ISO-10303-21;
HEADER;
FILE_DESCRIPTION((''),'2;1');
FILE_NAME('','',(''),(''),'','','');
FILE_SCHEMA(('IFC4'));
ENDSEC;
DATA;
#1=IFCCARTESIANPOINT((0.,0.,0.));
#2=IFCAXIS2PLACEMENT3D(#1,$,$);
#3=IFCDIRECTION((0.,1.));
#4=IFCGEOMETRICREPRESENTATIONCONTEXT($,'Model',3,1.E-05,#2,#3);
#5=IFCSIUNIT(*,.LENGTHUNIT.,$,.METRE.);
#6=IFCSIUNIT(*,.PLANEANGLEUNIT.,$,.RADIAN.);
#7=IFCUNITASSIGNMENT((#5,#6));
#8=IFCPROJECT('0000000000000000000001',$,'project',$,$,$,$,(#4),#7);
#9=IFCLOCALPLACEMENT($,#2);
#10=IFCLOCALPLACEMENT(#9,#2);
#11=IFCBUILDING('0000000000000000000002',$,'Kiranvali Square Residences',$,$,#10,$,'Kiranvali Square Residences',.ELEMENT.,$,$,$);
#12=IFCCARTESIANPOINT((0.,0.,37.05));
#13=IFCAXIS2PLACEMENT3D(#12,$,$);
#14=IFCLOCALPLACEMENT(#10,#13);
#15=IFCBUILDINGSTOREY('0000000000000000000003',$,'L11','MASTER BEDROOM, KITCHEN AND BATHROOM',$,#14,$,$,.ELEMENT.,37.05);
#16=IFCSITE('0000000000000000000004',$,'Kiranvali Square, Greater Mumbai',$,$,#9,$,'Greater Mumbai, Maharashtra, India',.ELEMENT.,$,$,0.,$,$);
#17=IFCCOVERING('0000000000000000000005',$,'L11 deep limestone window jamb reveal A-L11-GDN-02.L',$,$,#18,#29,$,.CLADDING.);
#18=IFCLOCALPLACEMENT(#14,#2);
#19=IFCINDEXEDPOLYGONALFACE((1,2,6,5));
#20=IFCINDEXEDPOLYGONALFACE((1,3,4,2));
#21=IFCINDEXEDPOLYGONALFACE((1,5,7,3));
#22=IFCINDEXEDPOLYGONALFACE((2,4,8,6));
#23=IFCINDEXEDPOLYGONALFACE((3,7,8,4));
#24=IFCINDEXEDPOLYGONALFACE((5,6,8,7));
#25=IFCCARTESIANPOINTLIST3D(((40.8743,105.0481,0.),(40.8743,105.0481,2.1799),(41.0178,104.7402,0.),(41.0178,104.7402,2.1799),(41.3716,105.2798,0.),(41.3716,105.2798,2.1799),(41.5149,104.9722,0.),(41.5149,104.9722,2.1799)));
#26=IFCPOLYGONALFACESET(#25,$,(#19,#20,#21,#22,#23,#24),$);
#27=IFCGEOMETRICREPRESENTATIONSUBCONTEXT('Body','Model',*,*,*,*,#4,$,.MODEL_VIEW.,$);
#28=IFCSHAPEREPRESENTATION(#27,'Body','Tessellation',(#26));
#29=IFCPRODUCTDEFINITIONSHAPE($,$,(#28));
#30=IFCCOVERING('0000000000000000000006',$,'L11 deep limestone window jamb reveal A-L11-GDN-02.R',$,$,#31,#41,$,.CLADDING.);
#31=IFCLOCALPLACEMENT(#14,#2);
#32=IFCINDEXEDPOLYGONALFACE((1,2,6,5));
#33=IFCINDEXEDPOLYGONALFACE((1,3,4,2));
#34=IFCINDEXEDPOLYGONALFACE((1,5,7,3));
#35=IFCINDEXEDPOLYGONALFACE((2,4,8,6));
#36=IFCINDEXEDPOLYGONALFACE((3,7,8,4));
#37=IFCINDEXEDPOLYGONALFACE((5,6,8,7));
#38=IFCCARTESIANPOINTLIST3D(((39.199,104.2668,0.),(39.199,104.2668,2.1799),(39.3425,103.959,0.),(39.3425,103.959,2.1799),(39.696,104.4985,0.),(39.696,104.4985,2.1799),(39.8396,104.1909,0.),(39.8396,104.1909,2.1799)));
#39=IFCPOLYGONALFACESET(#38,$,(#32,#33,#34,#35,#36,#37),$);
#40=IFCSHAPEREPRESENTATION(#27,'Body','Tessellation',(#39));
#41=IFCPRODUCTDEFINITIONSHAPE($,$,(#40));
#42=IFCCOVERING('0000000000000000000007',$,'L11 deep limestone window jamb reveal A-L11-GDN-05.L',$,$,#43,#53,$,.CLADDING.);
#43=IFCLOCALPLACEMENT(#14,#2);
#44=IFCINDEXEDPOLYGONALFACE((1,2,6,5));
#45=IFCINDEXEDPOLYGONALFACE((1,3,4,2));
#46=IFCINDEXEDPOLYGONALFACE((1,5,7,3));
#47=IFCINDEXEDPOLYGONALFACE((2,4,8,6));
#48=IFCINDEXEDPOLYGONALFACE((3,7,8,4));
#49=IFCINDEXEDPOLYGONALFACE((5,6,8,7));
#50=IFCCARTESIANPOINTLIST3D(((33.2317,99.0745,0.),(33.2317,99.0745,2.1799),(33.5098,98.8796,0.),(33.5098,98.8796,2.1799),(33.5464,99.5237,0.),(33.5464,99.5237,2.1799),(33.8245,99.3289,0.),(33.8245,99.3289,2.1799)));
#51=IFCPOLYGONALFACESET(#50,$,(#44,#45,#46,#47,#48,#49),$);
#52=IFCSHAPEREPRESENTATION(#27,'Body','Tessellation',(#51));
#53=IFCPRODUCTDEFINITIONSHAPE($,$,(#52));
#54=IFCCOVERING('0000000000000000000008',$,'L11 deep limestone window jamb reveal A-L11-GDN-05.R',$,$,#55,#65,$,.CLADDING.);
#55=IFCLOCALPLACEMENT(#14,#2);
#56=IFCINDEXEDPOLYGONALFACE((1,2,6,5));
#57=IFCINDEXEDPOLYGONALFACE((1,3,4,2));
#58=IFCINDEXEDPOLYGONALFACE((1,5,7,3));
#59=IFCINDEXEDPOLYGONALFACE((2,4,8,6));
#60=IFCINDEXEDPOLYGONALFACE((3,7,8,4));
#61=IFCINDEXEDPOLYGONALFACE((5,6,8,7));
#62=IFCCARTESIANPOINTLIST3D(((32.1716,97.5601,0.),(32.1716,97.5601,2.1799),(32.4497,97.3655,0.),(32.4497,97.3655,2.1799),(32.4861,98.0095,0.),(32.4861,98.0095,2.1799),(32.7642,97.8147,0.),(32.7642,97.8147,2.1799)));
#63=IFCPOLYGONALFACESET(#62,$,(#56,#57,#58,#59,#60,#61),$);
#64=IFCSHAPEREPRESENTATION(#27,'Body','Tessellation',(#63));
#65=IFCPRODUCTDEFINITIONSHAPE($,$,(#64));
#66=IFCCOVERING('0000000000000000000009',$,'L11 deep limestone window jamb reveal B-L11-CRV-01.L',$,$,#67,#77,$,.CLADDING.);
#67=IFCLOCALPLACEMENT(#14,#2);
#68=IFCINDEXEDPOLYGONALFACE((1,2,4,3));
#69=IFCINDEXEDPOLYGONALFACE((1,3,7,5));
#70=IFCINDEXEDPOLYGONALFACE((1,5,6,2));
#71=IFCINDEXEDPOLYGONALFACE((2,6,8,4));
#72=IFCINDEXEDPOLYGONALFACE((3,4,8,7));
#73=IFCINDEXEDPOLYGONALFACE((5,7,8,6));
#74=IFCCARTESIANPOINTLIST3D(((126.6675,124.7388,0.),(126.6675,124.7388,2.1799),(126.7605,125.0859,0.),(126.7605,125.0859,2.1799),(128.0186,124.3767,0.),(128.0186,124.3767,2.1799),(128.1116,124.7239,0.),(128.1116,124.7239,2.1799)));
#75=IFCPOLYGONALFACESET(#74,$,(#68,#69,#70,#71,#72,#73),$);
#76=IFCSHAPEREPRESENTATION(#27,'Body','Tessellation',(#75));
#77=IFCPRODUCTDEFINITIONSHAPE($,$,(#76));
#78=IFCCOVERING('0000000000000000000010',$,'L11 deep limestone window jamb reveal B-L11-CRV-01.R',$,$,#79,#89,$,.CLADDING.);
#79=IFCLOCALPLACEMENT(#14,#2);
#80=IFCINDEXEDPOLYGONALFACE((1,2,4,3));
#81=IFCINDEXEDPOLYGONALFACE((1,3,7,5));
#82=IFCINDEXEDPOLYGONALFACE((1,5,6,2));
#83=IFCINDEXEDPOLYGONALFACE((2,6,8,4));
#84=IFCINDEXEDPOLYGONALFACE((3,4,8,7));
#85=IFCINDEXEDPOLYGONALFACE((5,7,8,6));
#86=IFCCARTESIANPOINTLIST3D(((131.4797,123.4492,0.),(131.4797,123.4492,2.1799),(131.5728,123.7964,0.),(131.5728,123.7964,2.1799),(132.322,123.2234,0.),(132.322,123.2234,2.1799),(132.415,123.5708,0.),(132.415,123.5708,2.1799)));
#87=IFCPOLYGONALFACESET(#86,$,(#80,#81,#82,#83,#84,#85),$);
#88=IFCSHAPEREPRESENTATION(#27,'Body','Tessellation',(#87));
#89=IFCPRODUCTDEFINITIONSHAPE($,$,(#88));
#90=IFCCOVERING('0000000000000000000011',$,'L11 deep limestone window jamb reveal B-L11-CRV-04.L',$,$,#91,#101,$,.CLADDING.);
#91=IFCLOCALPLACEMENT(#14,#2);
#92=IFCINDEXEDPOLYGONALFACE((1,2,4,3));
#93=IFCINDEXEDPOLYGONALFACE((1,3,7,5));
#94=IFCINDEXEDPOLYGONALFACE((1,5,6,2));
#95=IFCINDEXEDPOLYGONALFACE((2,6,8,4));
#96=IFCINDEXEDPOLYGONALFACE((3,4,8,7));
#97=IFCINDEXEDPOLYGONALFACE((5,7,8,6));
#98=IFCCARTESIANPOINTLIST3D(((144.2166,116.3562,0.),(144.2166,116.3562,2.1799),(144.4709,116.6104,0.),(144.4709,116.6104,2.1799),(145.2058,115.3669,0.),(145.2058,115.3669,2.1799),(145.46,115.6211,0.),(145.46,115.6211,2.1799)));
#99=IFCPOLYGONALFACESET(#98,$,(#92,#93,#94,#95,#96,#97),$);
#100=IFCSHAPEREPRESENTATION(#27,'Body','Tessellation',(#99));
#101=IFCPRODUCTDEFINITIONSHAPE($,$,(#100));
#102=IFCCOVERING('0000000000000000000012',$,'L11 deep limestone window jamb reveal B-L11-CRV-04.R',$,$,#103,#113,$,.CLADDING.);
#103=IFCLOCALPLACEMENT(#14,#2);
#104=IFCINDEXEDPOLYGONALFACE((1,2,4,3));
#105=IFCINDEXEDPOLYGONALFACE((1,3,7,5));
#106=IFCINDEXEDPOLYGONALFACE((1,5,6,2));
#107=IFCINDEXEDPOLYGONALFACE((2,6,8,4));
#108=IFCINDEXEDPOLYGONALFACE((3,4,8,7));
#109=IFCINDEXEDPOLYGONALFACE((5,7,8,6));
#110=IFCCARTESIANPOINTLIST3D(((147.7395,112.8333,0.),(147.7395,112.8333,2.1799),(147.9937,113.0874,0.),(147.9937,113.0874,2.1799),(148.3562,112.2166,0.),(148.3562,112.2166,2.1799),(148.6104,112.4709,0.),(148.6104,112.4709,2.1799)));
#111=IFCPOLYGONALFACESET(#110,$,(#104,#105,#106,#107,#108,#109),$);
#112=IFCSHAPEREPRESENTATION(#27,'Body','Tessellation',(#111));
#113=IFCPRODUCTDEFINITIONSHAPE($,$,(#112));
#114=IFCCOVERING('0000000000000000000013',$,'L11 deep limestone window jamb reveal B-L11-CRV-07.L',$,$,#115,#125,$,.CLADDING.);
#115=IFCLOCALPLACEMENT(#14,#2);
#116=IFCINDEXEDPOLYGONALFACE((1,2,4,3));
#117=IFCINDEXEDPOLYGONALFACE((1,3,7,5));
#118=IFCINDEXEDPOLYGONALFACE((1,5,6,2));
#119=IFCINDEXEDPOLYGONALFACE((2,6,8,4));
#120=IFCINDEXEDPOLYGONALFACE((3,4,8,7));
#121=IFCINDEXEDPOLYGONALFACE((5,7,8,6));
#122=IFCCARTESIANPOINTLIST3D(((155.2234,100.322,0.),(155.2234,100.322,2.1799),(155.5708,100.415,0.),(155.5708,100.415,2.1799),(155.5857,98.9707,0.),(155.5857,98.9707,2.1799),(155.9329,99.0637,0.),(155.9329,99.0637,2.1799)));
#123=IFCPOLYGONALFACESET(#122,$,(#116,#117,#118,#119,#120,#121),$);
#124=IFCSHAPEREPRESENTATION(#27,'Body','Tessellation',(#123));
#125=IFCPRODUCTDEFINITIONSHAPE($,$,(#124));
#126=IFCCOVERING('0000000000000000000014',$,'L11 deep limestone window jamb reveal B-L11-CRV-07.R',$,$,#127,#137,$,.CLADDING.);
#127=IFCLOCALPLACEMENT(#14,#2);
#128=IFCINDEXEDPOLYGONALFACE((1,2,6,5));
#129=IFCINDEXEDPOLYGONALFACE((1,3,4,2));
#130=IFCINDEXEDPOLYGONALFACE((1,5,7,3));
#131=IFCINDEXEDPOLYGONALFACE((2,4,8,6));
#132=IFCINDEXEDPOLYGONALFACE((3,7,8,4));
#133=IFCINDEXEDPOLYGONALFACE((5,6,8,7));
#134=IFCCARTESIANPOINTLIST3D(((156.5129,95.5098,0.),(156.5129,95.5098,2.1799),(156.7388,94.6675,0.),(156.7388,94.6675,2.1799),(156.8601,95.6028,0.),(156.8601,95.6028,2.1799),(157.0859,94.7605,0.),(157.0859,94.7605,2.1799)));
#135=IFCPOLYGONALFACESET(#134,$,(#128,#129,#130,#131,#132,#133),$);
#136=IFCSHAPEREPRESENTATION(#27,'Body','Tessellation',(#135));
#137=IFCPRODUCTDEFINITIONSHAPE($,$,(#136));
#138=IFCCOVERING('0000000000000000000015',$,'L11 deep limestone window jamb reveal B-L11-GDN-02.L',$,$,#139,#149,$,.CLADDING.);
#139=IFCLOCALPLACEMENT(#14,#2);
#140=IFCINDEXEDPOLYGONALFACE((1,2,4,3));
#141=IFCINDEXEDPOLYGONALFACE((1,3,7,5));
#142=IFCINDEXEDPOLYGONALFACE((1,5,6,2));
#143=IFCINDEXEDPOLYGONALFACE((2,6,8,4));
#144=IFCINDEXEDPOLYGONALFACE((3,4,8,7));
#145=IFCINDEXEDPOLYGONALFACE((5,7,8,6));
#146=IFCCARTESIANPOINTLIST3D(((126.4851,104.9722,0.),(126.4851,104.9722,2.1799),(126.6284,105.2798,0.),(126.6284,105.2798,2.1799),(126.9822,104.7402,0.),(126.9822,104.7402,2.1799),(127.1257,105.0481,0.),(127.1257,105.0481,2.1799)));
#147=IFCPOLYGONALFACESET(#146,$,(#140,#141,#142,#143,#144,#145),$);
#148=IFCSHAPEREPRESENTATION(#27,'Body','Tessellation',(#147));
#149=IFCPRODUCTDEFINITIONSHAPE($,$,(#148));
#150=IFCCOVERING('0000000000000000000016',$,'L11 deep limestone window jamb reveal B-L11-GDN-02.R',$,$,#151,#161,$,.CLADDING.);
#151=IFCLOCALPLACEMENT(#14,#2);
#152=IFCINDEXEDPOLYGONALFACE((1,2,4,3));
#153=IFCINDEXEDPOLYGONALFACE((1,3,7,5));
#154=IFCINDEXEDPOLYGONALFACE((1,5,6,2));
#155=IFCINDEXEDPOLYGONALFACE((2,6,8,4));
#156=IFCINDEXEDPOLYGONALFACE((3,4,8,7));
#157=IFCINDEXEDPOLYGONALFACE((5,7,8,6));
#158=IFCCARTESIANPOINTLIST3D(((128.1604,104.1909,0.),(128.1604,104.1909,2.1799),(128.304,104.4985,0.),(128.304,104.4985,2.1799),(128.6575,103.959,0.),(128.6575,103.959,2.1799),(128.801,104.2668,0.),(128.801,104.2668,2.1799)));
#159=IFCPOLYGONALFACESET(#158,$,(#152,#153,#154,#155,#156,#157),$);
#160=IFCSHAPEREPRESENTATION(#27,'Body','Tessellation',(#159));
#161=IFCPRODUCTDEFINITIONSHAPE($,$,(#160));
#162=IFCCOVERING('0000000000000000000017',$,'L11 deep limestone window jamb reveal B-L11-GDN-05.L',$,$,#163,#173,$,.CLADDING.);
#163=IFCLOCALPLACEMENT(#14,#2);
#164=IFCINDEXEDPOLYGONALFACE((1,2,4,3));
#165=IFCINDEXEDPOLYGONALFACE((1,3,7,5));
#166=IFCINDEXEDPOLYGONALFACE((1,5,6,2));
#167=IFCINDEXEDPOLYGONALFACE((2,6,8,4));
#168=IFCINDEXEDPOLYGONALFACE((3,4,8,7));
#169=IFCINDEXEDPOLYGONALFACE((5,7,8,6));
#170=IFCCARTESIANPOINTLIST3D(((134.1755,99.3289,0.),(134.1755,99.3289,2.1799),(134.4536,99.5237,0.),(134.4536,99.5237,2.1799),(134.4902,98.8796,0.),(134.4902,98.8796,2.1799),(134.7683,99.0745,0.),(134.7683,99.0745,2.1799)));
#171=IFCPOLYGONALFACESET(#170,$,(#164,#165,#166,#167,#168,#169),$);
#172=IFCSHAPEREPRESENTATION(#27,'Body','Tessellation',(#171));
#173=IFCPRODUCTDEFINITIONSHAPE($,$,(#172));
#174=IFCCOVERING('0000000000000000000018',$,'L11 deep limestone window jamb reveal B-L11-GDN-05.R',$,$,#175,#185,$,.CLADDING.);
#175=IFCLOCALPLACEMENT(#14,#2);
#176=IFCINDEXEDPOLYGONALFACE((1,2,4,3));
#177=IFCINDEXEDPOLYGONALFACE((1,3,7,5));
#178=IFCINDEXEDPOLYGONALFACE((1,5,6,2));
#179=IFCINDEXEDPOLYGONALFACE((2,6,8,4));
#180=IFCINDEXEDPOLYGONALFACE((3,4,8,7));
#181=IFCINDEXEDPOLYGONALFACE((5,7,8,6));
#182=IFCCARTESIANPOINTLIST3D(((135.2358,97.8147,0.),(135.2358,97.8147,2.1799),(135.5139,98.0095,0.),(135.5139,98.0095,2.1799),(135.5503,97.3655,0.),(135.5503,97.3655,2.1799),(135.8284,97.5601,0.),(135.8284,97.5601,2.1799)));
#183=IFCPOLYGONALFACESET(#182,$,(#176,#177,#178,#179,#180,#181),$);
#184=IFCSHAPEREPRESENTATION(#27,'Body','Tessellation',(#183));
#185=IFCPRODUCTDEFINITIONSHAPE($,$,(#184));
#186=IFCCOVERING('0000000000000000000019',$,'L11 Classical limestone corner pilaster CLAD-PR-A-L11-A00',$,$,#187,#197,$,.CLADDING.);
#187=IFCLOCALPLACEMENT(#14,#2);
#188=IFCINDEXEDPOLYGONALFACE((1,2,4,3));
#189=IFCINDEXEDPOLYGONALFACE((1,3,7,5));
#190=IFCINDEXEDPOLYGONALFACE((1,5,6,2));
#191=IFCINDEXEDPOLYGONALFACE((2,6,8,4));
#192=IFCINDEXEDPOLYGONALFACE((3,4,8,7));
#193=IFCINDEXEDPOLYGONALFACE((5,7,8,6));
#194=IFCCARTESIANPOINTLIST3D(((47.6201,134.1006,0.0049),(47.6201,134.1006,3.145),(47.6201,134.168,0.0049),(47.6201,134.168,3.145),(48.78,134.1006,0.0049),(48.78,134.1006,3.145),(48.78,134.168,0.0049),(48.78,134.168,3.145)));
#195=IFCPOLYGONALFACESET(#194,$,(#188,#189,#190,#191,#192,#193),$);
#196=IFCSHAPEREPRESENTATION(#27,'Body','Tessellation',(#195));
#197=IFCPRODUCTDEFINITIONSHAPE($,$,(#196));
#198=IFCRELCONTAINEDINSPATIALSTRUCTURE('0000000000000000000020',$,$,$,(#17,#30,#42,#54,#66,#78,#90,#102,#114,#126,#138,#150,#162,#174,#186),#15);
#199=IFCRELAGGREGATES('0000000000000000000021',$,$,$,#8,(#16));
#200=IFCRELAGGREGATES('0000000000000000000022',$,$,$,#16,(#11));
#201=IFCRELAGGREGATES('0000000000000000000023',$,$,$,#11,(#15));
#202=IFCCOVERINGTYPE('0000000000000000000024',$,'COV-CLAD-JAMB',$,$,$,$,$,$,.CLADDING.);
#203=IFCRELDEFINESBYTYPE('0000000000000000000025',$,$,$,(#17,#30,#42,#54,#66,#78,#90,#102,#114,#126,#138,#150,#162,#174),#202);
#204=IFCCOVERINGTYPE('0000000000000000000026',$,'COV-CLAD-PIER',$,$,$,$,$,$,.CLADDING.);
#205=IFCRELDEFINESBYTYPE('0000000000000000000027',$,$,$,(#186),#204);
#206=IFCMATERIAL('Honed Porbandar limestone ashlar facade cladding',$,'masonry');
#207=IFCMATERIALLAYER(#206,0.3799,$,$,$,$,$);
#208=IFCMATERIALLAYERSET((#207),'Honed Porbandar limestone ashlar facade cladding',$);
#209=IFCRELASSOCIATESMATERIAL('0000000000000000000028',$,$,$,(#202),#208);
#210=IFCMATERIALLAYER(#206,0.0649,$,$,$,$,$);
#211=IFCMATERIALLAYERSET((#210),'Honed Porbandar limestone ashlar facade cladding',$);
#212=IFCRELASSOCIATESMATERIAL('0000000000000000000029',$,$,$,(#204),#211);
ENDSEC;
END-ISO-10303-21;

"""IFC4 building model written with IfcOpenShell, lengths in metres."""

from ifc_helpers import new_model, si_unit, direction, frame, origin, place, context, subcontext, project, spatial, polyline, outline, extrude, material, layer, layer_set, type_object, element, save


model = new_model("IFC4")

# Units and contexts
model_context = context("Model", 3, precision=1e-05, world=origin(), true_north=direction((0.0, 1.0)))
body_context = subcontext(model_context, "Body", "Model", "MODEL_VIEW")
ifc_project = project(units=[si_unit("LENGTHUNIT", "METRE"), si_unit("PLANEANGLEUNIT", "RADIAN")], contexts=[model_context])

# Site, building, storey
site_placement = place(None, origin())
site = spatial("IfcSite", under=ifc_project, at=site_placement, Name="Kiranvali Square, Greater Mumbai", LongName="Greater Mumbai, Maharashtra, India", CompositionType="ELEMENT", RefElevation=0.0)
building_placement = place(site_placement, origin())
building = spatial("IfcBuilding", under=site, at=building_placement, Name="Kiranvali Square Residences", LongName="Kiranvali Square Residences", CompositionType="ELEMENT")
storey_placement = place(building_placement, frame((0.0, 0.0, 37.05)))
storey = spatial("IfcBuildingStorey", under=building, at=storey_placement, Name="L11", Description="MASTER BEDROOM, KITCHEN AND BATHROOM", CompositionType="ELEMENT", Elevation=37.05)

# Coverings
ifc_material = material(Name="Honed Porbandar limestone ashlar facade cladding", Category="masonry")
ifc_layer_1 = layer(ifc_material, 0.3799)
ifc_layer_set_1 = layer_set([ifc_layer_1], Name="Honed Porbandar limestone ashlar facade cladding")
covering_type_1 = type_object("IfcCoveringType", Name="COV-CLAD-JAMB", PredefinedType="CLADDING", material=ifc_layer_set_1)
covering_1_placement = place(storey_placement, origin())
element("IfcCovering", 1, at=covering_1_placement, inside=storey, type_object=covering_type_1, Name="L11 deep limestone window jamb reveal A-L11-GDN-02.L", PredefinedType="CLADDING", context=body_context, shape_type="SweptSolid", body=[
    extrude(outline(polyline([(41.3716, 105.2798), (40.8743, 105.0481), (41.0178, 104.7402), (41.5149, 104.9722), (41.3716, 105.2798)])), origin(), (0.0, 0.0, 1.0), 2.1799),
])
covering_2_placement = place(storey_placement, origin())
element("IfcCovering", 2, at=covering_2_placement, inside=storey, type_object=covering_type_1, Name="L11 deep limestone window jamb reveal A-L11-GDN-02.R", PredefinedType="CLADDING", context=body_context, shape_type="SweptSolid", body=[
    extrude(outline(polyline([(39.696, 104.4985), (39.199, 104.2668), (39.3425, 103.959), (39.8396, 104.1909), (39.696, 104.4985)])), origin(), (0.0, 0.0, 1.0), 2.1799),
])
covering_3_placement = place(storey_placement, origin())
element("IfcCovering", 3, at=covering_3_placement, inside=storey, type_object=covering_type_1, Name="L11 deep limestone window jamb reveal A-L11-GDN-05.L", PredefinedType="CLADDING", context=body_context, shape_type="SweptSolid", body=[
    extrude(outline(polyline([(33.5464, 99.5237), (33.2317, 99.0745), (33.5098, 98.8796), (33.8245, 99.3289), (33.5464, 99.5237)])), origin(), (0.0, 0.0, 1.0), 2.1799),
])
covering_4_placement = place(storey_placement, origin())
element("IfcCovering", 4, at=covering_4_placement, inside=storey, type_object=covering_type_1, Name="L11 deep limestone window jamb reveal A-L11-GDN-05.R", PredefinedType="CLADDING", context=body_context, shape_type="SweptSolid", body=[
    extrude(outline(polyline([(32.4861, 98.0095), (32.1716, 97.5601), (32.4497, 97.3655), (32.7642, 97.8147), (32.4861, 98.0095)])), origin(), (0.0, 0.0, 1.0), 2.1799),
])
covering_5_placement = place(storey_placement, origin())
element("IfcCovering", 5, at=covering_5_placement, inside=storey, type_object=covering_type_1, Name="L11 deep limestone window jamb reveal B-L11-CRV-01.L", PredefinedType="CLADDING", context=body_context, shape_type="SweptSolid", body=[
    extrude(outline(polyline([(126.6675, 124.7388), (128.0186, 124.3767), (128.1116, 124.7239), (126.7605, 125.0859), (126.6675, 124.7388)])), origin(), (0.0, 0.0, 1.0), 2.1799),
])
covering_6_placement = place(storey_placement, origin())
element("IfcCovering", 6, at=covering_6_placement, inside=storey, type_object=covering_type_1, Name="L11 deep limestone window jamb reveal B-L11-CRV-01.R", PredefinedType="CLADDING", context=body_context, shape_type="SweptSolid", body=[
    extrude(outline(polyline([(131.4797, 123.4492), (132.322, 123.2234), (132.415, 123.5708), (131.5728, 123.7964), (131.4797, 123.4492)])), origin(), (0.0, 0.0, 1.0), 2.1799),
])
covering_7_placement = place(storey_placement, origin())
element("IfcCovering", 7, at=covering_7_placement, inside=storey, type_object=covering_type_1, Name="L11 deep limestone window jamb reveal B-L11-CRV-04.L", PredefinedType="CLADDING", context=body_context, shape_type="SweptSolid", body=[
    extrude(outline(polyline([(144.2166, 116.3562), (145.2058, 115.3669), (145.46, 115.6211), (144.4709, 116.6104), (144.2166, 116.3562)])), origin(), (0.0, 0.0, 1.0), 2.1799),
])
covering_8_placement = place(storey_placement, origin())
element("IfcCovering", 8, at=covering_8_placement, inside=storey, type_object=covering_type_1, Name="L11 deep limestone window jamb reveal B-L11-CRV-04.R", PredefinedType="CLADDING", context=body_context, shape_type="SweptSolid", body=[
    extrude(outline(polyline([(147.7395, 112.8333), (148.3562, 112.2166), (148.6104, 112.4709), (147.9937, 113.0874), (147.7395, 112.8333)])), origin(), (0.0, 0.0, 1.0), 2.1799),
])
covering_9_placement = place(storey_placement, origin())
element("IfcCovering", 9, at=covering_9_placement, inside=storey, type_object=covering_type_1, Name="L11 deep limestone window jamb reveal B-L11-CRV-07.L", PredefinedType="CLADDING", context=body_context, shape_type="SweptSolid", body=[
    extrude(outline(polyline([(155.2234, 100.322), (155.5857, 98.9707), (155.9329, 99.0637), (155.5708, 100.415), (155.2234, 100.322)])), origin(), (0.0, 0.0, 1.0), 2.1799),
])
covering_10_placement = place(storey_placement, origin())
element("IfcCovering", 10, at=covering_10_placement, inside=storey, type_object=covering_type_1, Name="L11 deep limestone window jamb reveal B-L11-CRV-07.R", PredefinedType="CLADDING", context=body_context, shape_type="SweptSolid", body=[
    extrude(outline(polyline([(156.5129, 95.5098), (156.7388, 94.6675), (157.0859, 94.7605), (156.8601, 95.6028), (156.5129, 95.5098)])), origin(), (0.0, 0.0, 1.0), 2.1799),
])
covering_11_placement = place(storey_placement, origin())
element("IfcCovering", 11, at=covering_11_placement, inside=storey, type_object=covering_type_1, Name="L11 deep limestone window jamb reveal B-L11-GDN-02.L", PredefinedType="CLADDING", context=body_context, shape_type="SweptSolid", body=[
    extrude(outline(polyline([(126.4851, 104.9722), (126.9822, 104.7402), (127.1257, 105.0481), (126.6284, 105.2798), (126.4851, 104.9722)])), origin(), (0.0, 0.0, 1.0), 2.1799),
])
covering_12_placement = place(storey_placement, origin())
element("IfcCovering", 12, at=covering_12_placement, inside=storey, type_object=covering_type_1, Name="L11 deep limestone window jamb reveal B-L11-GDN-02.R", PredefinedType="CLADDING", context=body_context, shape_type="SweptSolid", body=[
    extrude(outline(polyline([(128.1604, 104.1909), (128.6575, 103.959), (128.801, 104.2668), (128.304, 104.4985), (128.1604, 104.1909)])), origin(), (0.0, 0.0, 1.0), 2.1799),
])
covering_13_placement = place(storey_placement, origin())
element("IfcCovering", 13, at=covering_13_placement, inside=storey, type_object=covering_type_1, Name="L11 deep limestone window jamb reveal B-L11-GDN-05.L", PredefinedType="CLADDING", context=body_context, shape_type="SweptSolid", body=[
    extrude(outline(polyline([(134.1755, 99.3289), (134.4902, 98.8796), (134.7683, 99.0745), (134.4536, 99.5237), (134.1755, 99.3289)])), origin(), (0.0, 0.0, 1.0), 2.1799),
])
covering_14_placement = place(storey_placement, origin())
element("IfcCovering", 14, at=covering_14_placement, inside=storey, type_object=covering_type_1, Name="L11 deep limestone window jamb reveal B-L11-GDN-05.R", PredefinedType="CLADDING", context=body_context, shape_type="SweptSolid", body=[
    extrude(outline(polyline([(135.2358, 97.8147), (135.5503, 97.3655), (135.8284, 97.5601), (135.5139, 98.0095), (135.2358, 97.8147)])), origin(), (0.0, 0.0, 1.0), 2.1799),
])
ifc_layer_2 = layer(ifc_material, 0.0649)
ifc_layer_set_2 = layer_set([ifc_layer_2], Name="Honed Porbandar limestone ashlar facade cladding")
covering_type_2 = type_object("IfcCoveringType", Name="COV-CLAD-PIER", PredefinedType="CLADDING", material=ifc_layer_set_2)
covering_15_placement = place(storey_placement, frame((0.0, 0.0, 0.0049)))
element("IfcCovering", 15, at=covering_15_placement, inside=storey, type_object=covering_type_2, Name="L11 Classical limestone corner pilaster CLAD-PR-A-L11-A00", PredefinedType="CLADDING", context=body_context, shape_type="SweptSolid", body=[
    extrude(outline(polyline([(48.78, 134.168), (47.6201, 134.168), (47.6201, 134.1006), (48.78, 134.1006), (48.78, 134.168)])), origin(), (0.0, 0.0, 1.0), 3.1401),
])

save(model, "model.ifc")
